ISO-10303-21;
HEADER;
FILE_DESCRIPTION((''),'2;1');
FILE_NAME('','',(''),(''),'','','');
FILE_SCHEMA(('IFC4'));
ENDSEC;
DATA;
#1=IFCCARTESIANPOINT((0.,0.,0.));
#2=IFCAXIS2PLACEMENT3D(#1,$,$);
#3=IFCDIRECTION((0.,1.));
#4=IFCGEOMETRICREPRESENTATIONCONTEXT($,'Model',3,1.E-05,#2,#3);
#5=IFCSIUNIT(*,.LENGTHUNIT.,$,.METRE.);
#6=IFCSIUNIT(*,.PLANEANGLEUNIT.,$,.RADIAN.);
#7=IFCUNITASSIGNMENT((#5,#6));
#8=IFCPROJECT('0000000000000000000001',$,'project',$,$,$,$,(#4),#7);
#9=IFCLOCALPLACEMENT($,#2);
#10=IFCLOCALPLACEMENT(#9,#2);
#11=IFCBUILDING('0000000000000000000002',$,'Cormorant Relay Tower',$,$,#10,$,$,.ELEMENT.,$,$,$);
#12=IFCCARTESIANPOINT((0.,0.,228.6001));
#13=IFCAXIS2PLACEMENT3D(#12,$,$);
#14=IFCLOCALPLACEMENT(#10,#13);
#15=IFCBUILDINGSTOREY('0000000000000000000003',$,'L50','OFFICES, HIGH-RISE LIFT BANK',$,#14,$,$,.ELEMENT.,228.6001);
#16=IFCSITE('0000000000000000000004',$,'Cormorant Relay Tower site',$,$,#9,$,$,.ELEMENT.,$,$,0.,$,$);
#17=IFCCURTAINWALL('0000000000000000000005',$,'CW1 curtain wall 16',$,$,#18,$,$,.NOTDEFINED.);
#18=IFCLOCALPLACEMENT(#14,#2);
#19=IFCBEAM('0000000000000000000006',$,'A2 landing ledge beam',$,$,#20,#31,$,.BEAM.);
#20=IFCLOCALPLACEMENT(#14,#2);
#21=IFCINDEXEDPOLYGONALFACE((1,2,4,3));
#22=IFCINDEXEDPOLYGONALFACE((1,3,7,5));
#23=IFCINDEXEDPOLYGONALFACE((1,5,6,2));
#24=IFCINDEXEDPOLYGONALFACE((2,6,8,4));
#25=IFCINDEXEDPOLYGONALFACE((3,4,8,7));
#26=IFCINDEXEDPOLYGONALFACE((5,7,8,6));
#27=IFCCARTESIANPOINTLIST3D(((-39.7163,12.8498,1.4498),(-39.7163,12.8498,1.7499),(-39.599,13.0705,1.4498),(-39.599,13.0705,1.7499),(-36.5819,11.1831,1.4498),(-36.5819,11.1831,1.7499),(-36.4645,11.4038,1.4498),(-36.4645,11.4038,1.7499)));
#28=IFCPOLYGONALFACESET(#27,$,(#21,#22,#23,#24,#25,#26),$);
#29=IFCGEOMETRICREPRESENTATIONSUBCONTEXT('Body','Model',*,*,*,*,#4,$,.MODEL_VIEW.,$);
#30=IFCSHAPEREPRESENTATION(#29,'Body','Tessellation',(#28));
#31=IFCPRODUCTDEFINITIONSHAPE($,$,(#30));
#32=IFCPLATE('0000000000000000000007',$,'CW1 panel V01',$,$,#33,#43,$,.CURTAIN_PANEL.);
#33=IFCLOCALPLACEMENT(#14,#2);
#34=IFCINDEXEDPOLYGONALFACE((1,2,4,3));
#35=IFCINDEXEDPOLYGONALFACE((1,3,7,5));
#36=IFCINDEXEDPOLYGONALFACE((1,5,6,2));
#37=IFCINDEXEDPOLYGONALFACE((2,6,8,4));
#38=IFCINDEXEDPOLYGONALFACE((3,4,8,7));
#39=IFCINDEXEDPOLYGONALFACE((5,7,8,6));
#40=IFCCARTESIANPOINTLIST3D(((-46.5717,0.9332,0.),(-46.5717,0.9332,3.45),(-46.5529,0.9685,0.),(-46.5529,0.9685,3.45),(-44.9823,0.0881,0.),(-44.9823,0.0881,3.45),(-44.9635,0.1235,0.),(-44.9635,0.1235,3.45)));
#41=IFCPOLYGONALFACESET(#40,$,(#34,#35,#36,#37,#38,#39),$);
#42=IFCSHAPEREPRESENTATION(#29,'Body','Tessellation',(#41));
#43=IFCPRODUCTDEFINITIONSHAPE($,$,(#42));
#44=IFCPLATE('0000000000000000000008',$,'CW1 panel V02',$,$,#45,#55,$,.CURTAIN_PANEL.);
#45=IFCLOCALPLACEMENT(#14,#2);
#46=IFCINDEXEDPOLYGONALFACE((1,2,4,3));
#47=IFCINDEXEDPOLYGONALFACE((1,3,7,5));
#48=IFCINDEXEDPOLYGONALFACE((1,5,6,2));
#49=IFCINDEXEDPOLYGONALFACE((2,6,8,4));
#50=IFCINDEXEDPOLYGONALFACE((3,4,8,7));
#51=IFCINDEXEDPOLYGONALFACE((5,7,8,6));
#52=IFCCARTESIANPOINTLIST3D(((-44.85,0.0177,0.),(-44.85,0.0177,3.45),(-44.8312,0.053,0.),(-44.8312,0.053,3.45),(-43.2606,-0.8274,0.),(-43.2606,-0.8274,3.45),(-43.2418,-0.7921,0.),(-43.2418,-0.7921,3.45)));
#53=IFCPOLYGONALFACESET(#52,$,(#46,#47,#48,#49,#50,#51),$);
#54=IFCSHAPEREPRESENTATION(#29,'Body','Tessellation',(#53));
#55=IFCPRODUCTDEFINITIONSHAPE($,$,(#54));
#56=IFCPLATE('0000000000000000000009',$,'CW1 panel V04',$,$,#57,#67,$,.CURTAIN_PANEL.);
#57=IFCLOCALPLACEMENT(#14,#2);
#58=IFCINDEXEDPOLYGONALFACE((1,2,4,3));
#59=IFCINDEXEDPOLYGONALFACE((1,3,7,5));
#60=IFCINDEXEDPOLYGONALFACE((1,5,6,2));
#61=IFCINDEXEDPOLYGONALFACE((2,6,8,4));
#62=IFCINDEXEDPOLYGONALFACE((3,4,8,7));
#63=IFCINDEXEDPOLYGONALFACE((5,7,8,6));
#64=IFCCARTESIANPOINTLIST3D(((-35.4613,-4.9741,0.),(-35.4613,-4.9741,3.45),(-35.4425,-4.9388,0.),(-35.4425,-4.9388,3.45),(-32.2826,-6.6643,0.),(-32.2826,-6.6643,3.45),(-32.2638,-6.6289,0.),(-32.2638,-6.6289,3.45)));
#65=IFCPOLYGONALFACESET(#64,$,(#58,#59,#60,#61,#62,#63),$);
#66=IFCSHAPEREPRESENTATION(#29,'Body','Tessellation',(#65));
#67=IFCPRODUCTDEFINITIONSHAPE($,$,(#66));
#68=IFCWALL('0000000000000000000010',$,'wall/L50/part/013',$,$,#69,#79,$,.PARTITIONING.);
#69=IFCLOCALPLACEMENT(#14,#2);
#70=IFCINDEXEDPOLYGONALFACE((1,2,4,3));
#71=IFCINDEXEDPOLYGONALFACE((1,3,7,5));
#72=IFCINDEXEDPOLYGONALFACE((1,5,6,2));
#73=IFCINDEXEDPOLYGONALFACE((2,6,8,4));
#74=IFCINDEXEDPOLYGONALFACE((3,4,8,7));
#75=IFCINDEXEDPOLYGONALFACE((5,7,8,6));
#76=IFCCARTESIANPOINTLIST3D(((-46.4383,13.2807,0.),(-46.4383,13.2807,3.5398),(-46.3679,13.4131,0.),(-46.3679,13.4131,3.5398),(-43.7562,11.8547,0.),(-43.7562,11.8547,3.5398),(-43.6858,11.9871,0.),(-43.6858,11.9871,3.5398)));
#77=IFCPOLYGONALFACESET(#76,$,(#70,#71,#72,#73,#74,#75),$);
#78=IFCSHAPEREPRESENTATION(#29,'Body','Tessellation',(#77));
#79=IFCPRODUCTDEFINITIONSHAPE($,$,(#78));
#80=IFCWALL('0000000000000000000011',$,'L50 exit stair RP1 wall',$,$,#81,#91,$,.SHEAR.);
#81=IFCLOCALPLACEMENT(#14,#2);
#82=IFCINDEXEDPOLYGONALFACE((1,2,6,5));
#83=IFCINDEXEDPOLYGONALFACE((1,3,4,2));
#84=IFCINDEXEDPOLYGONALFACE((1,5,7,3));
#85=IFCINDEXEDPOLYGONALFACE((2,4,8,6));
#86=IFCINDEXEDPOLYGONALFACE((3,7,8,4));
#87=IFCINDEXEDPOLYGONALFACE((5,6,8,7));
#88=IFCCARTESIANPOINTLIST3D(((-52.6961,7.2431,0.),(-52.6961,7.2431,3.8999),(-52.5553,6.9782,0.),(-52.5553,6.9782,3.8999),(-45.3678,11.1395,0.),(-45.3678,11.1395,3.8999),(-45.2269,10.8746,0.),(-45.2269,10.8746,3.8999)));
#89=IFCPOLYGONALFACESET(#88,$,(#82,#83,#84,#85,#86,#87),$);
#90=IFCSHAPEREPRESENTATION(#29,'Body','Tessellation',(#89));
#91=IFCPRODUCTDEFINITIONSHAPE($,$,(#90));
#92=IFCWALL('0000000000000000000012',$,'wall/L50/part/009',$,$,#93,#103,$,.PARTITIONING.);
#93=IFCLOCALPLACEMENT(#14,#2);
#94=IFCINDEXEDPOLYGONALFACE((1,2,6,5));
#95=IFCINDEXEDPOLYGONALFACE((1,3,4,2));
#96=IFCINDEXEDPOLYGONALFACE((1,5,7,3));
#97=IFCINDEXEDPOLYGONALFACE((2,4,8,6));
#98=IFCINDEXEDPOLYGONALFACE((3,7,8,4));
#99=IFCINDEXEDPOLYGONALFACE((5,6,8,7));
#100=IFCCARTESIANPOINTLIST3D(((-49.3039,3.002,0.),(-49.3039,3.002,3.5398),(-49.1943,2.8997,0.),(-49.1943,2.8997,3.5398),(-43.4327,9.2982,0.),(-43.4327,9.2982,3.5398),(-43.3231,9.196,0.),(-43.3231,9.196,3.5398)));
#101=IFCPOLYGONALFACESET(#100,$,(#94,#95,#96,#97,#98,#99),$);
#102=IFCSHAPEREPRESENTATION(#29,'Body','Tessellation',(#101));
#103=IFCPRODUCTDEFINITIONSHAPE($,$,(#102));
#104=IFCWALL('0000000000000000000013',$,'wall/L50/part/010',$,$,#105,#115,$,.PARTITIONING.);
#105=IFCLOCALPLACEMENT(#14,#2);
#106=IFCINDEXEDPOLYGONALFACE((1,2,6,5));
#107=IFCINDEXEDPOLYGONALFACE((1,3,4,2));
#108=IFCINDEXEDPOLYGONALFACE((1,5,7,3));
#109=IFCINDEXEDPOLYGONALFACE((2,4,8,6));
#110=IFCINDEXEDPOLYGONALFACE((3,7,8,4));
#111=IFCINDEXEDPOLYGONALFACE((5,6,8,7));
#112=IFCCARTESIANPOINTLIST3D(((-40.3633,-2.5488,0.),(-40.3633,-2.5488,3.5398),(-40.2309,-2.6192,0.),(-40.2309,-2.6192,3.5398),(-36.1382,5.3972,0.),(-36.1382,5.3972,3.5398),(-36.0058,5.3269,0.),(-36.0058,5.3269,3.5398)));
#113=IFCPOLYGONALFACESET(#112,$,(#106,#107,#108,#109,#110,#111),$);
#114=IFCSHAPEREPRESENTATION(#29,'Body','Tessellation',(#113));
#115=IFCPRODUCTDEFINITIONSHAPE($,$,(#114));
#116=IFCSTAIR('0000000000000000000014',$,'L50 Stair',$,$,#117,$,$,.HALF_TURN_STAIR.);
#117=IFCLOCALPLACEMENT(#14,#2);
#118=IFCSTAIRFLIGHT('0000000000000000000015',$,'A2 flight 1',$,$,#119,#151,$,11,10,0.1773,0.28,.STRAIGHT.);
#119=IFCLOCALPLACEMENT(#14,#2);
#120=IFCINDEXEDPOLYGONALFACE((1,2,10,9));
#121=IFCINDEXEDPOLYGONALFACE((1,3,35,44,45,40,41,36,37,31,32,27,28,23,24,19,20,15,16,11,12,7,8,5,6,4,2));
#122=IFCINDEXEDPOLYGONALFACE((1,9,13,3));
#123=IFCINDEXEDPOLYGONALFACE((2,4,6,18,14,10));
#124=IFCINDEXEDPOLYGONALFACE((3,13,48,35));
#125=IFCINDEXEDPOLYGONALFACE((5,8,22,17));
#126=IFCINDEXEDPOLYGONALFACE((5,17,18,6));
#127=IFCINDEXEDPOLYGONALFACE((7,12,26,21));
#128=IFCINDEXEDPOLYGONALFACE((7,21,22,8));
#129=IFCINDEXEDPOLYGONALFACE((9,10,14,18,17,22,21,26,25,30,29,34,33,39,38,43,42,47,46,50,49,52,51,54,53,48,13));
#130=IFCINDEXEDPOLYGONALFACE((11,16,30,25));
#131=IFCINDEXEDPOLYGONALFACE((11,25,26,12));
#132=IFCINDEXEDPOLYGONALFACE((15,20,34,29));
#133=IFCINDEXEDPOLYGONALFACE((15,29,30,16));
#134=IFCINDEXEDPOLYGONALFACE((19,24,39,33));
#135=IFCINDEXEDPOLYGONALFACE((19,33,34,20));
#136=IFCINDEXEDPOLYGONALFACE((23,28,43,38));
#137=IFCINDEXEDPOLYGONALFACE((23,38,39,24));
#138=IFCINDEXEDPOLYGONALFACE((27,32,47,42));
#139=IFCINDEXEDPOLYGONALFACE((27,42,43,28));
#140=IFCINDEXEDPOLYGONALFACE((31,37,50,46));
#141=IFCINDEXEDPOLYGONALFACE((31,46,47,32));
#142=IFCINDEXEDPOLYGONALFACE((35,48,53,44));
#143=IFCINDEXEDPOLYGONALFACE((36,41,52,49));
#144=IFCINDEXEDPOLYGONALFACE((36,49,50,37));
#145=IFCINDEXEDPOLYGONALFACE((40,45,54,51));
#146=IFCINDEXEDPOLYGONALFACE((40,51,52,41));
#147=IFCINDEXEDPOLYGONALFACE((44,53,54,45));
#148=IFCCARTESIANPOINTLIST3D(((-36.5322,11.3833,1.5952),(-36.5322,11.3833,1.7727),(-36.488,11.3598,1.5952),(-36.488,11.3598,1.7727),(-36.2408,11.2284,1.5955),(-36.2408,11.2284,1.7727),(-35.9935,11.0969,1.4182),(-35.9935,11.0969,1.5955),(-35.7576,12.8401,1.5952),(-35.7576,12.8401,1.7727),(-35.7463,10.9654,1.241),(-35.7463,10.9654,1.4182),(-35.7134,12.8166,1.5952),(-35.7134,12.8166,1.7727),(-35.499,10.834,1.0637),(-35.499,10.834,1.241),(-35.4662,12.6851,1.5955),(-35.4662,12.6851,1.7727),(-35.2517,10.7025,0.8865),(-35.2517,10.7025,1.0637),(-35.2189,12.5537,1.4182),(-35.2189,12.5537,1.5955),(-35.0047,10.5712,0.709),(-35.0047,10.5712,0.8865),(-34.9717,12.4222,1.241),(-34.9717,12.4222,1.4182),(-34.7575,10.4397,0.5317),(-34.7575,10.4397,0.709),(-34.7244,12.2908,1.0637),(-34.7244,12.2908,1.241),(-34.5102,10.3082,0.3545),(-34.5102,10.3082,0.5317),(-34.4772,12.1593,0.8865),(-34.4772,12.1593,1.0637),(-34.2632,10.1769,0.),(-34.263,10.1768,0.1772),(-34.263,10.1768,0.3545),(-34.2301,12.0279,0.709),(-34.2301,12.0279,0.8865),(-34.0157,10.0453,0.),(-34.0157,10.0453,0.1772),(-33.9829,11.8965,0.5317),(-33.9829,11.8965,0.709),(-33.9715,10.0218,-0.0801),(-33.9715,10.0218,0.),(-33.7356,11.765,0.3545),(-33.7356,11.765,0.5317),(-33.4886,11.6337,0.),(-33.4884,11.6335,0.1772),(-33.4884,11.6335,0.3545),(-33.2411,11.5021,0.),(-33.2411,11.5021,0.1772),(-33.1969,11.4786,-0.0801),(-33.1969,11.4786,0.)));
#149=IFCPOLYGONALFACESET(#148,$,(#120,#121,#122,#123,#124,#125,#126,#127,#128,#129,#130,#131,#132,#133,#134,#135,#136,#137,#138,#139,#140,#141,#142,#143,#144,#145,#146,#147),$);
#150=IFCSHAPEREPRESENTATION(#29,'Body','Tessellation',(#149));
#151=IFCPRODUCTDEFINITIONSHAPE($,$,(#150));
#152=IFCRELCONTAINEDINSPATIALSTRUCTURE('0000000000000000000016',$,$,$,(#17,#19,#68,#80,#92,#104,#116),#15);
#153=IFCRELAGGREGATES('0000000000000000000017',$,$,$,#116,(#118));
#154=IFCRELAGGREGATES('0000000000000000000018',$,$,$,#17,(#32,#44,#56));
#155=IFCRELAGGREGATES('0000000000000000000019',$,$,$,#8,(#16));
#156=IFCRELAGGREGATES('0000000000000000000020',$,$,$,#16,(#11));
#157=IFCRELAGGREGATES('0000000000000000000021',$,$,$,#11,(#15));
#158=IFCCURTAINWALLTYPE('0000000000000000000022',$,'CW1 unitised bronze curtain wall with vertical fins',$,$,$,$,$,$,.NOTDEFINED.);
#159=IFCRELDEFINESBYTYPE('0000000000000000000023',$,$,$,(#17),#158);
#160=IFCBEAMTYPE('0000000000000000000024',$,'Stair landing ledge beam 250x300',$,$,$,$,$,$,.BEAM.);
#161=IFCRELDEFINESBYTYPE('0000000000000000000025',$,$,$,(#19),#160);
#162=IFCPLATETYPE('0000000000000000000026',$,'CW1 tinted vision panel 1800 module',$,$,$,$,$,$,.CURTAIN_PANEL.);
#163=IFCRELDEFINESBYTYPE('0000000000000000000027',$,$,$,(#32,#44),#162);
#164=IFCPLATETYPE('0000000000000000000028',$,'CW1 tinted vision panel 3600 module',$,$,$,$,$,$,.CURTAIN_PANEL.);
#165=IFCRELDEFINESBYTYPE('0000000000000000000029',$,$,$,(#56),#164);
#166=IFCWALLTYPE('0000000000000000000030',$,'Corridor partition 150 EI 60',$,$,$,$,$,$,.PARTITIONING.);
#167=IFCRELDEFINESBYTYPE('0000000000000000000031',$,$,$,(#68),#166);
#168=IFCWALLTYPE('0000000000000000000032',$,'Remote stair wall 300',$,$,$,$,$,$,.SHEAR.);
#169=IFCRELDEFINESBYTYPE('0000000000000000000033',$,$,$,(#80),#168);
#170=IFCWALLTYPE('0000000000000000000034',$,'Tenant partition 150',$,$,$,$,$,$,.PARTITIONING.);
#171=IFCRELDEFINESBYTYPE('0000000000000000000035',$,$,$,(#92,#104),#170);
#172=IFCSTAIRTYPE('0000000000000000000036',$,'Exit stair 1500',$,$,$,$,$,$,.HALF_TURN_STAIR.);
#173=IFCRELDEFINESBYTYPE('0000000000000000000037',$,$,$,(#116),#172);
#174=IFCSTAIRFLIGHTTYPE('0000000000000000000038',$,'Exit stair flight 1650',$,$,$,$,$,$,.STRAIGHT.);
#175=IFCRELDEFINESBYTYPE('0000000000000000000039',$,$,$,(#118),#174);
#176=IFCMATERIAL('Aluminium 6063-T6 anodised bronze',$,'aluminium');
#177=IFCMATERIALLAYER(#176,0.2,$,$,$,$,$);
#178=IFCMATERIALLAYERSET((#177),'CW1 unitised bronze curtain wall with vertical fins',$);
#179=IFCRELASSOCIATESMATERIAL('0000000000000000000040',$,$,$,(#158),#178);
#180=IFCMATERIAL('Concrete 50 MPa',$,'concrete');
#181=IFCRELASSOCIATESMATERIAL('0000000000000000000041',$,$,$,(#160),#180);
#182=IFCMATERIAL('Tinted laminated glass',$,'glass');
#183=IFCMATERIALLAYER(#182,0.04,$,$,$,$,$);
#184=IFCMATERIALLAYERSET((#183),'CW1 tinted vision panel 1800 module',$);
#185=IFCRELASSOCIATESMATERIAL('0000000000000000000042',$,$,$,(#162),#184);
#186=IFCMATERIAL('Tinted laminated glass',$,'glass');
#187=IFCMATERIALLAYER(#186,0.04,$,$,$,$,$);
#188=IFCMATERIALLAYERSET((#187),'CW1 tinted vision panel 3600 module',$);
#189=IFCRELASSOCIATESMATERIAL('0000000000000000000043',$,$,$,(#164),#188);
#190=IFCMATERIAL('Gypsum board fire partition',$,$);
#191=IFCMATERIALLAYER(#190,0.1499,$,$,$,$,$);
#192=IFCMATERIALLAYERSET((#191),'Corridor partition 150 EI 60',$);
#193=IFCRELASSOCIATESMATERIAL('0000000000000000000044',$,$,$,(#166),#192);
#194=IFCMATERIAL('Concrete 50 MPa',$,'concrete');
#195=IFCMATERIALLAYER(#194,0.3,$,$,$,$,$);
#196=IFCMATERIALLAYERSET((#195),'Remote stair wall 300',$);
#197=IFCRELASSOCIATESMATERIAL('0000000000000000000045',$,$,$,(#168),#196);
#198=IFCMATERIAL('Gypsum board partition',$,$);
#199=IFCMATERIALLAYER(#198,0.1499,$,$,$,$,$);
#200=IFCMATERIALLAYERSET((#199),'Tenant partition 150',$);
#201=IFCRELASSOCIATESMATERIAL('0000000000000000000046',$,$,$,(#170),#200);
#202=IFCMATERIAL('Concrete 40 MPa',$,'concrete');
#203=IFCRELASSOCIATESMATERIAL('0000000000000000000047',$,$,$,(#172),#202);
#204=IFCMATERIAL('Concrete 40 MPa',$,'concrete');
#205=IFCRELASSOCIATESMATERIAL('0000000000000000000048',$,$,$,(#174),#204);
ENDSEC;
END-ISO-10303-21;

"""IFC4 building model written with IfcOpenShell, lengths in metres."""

from ifc_helpers import new_model, si_unit, direction, frame, frame_2d, origin, origin_2d, place, context, subcontext, project, spatial, polyline, rectangle, outline, extrude, material, layer, layer_set, material_profile, profile_set, type_object, element, aggregate, save


model = new_model("IFC4")

# Units and contexts
model_context = context("Model", 3, precision=1e-05, world=origin(), true_north=direction((0.0, 1.0)))
body_context = subcontext(model_context, "Body", "Model", "MODEL_VIEW")
ifc_project = project(units=[si_unit("LENGTHUNIT", "METRE"), si_unit("PLANEANGLEUNIT", "RADIAN")], contexts=[model_context])

# Site, building, storey
site_placement = place(None, origin())
site = spatial("IfcSite", under=ifc_project, at=site_placement, Name="Cormorant Relay Tower site", CompositionType="ELEMENT", RefElevation=0.0)
building_placement = place(site_placement, origin())
building = spatial("IfcBuilding", under=site, at=building_placement, Name="Cormorant Relay Tower", CompositionType="ELEMENT")
storey_placement = place(building_placement, frame((0.0, 0.0, 228.6001)))
storey = spatial("IfcBuildingStorey", under=building, at=storey_placement, Name="L50", Description="OFFICES, HIGH-RISE LIFT BANK", CompositionType="ELEMENT", Elevation=228.6001)

# Curtain wall
ifc_material_1 = material(Name="Aluminium 6063-T6 anodised bronze", Category="aluminium")
ifc_layer_1 = layer(ifc_material_1, 0.2)
ifc_layer_set_1 = layer_set([ifc_layer_1], Name="CW1 unitised bronze curtain wall with vertical fins")
curtain_wall_type = type_object("IfcCurtainWallType", Name="CW1 unitised bronze curtain wall with vertical fins", PredefinedType="NOTDEFINED", material=ifc_layer_set_1)
curtain_wall_placement = place(storey_placement, origin())
curtain_wall = element("IfcCurtainWall", 1, at=curtain_wall_placement, inside=storey, type_object=curtain_wall_type, Name="CW1 curtain wall 16", PredefinedType="NOTDEFINED")

# Beam
ifc_material_2 = material(Name="Concrete 50 MPa", Category="concrete")
ifc_material_profile_1 = material_profile(ifc_material_2, rectangle(XDim=0.25, YDim=0.3, at=origin_2d()), Name="RC 250x300")
ifc_profile_set_1 = profile_set([ifc_material_profile_1], Name="Concrete 50 MPa")
beam_type_1 = type_object("IfcBeamType", Name="Stair landing ledge beam 250x300", PredefinedType="BEAM", material=ifc_profile_set_1)
beam_1_placement = place(storey_placement, frame((-36.5232, 11.2935, 1.5999), z_axis=(-0.882937, 0.469492, 0.0), x_axis=(-0.469492, -0.882937, 0.0)))
element("IfcBeam", 2, at=beam_1_placement, inside=storey, type_object=beam_type_1, Name="A2 landing ledge beam", PredefinedType="BEAM", context=body_context, shape_type="SweptSolid", body=[
    extrude(rectangle(XDim=0.25, YDim=0.3, at=origin_2d()), origin(), (0.0, 0.0, 1.0), 3.55),
])

# Plates
ifc_material_3 = material(Name="Tinted laminated glass", Category="glass")
ifc_layer_2 = layer(ifc_material_3, 0.04)
ifc_layer_set_2 = layer_set([ifc_layer_2], Name="CW1 tinted vision panel 1800 module")
plate_type_1 = type_object("IfcPlateType", Name="CW1 tinted vision panel 1800 module", PredefinedType="CURTAIN_PANEL", material=ifc_layer_set_2)
plate_1_placement = place(storey_placement, frame((-45.7676, 0.5283, 0.0), z_axis=(0.0, 0.0, 1.0), x_axis=(0.882948, -0.469472, 0.0)))
plate_1 = element("IfcPlate", 3, at=plate_1_placement, type_object=plate_type_1, Name="CW1 panel V01", PredefinedType="CURTAIN_PANEL", context=body_context, shape_type="SweptSolid", body=[
    extrude(rectangle(XDim=1.8, YDim=0.04, at=origin_2d()), origin(), (0.0, 0.0, 1.0), 3.45),
])
plate_2_placement = place(storey_placement, frame((-44.0459, -0.3872, 0.0), z_axis=(0.0, 0.0, 1.0), x_axis=(0.882948, -0.469472, 0.0)))
plate_2 = element("IfcPlate", 4, at=plate_2_placement, type_object=plate_type_1, Name="CW1 panel V02", PredefinedType="CURTAIN_PANEL", context=body_context, shape_type="SweptSolid", body=[
    extrude(rectangle(XDim=1.8, YDim=0.04, at=origin_2d()), origin(), (0.0, 0.0, 1.0), 3.45),
])
ifc_material_4 = material(Name="Tinted laminated glass", Category="glass")
ifc_layer_3 = layer(ifc_material_4, 0.04)
ifc_layer_set_3 = layer_set([ifc_layer_3], Name="CW1 tinted vision panel 3600 module")
plate_type_2 = type_object("IfcPlateType", Name="CW1 tinted vision panel 3600 module", PredefinedType="CURTAIN_PANEL", material=ifc_layer_set_3)
plate_3_placement = place(storey_placement, frame((-33.8625, -5.8015, 0.0), z_axis=(0.0, 0.0, 1.0), x_axis=(0.882948, -0.469472, 0.0)))
plate_3 = element("IfcPlate", 5, at=plate_3_placement, type_object=plate_type_2, Name="CW1 panel V04", PredefinedType="CURTAIN_PANEL", context=body_context, shape_type="SweptSolid", body=[
    extrude(rectangle(XDim=3.6001, YDim=0.04, at=origin_2d()), origin(), (0.0, 0.0, 1.0), 3.45),
])

# Walls
ifc_material_5 = material(Name="Gypsum board fire partition")
ifc_layer_4 = layer(ifc_material_5, 0.1499)
ifc_layer_set_4 = layer_set([ifc_layer_4], Name="Corridor partition 150 EI 60")
wall_type_1 = type_object("IfcWallType", Name="Corridor partition 150 EI 60", PredefinedType="PARTITIONING", material=ifc_layer_set_4)
wall_1_placement = place(storey_placement, frame((-46.4031, 13.3469, 0.0), z_axis=(0.0, 0.0, 1.0), x_axis=(0.88296, -0.469449, 0.0)))
element("IfcWall", 6, at=wall_1_placement, inside=storey, type_object=wall_type_1, Name="wall/L50/part/013", PredefinedType="PARTITIONING", context=body_context, shape_type="SweptSolid", body=[
    extrude(rectangle(XDim=3.0376, YDim=0.1499, at=frame_2d((1.5188, 0.0))), origin(), (0.0, 0.0, 1.0), 3.5398),
])
ifc_material_6 = material(Name="Concrete 50 MPa", Category="concrete")
ifc_layer_5 = layer(ifc_material_6, 0.3)
ifc_layer_set_5 = layer_set([ifc_layer_5], Name="Remote stair wall 300")
wall_type_2 = type_object("IfcWallType", Name="Remote stair wall 300", PredefinedType="SHEAR", material=ifc_layer_set_5)
wall_2_placement = place(storey_placement, frame((-45.2974, 11.0071, 0.0), z_axis=(0.0, 0.0, 1.0), x_axis=(-0.882952, -0.469464, 0.0)))
element("IfcWall", 7, at=wall_2_placement, inside=storey, type_object=wall_type_2, Name="L50 exit stair RP1 wall", PredefinedType="SHEAR", context=body_context, shape_type="SweptSolid", body=[
    extrude(rectangle(XDim=8.2998, YDim=0.3, at=frame_2d((4.1499, 0.0))), origin(), (0.0, 0.0, 1.0), 3.8999),
])
ifc_material_7 = material(Name="Gypsum board partition")
ifc_layer_6 = layer(ifc_material_7, 0.1499)
ifc_layer_set_6 = layer_set([ifc_layer_6], Name="Tenant partition 150")
wall_type_3 = type_object("IfcWallType", Name="Tenant partition 150", PredefinedType="PARTITIONING", material=ifc_layer_set_6)
wall_3_placement = place(storey_placement, frame((-43.3779, 9.2471, 0.0), z_axis=(0.0, 0.0, 1.0), x_axis=(-0.681989, -0.731363, 0.0)))
element("IfcWall", 8, at=wall_3_placement, inside=storey, type_object=wall_type_3, Name="wall/L50/part/009", PredefinedType="PARTITIONING", context=body_context, shape_type="SweptSolid", body=[
    extrude(rectangle(XDim=8.6089, YDim=0.1499, at=frame_2d((4.3044, 0.0))), origin(), (0.0, 0.0, 1.0), 3.5398),
])
wall_4_placement = place(storey_placement, frame((-36.072, 5.3621, 0.0), z_axis=(0.0, 0.0, 1.0), x_axis=(-0.469481, -0.882942, 0.0)))
element("IfcWall", 9, at=wall_4_placement, inside=storey, type_object=wall_type_3, Name="wall/L50/part/010", PredefinedType="PARTITIONING", context=body_context, shape_type="SweptSolid", body=[
    extrude(rectangle(XDim=8.9995, YDim=0.1499, at=frame_2d((4.4998, 0.0))), origin(), (0.0, 0.0, 1.0), 3.5398),
])

# Stair, stair flight
ifc_material_8 = material(Name="Concrete 40 MPa", Category="concrete")
stair_type = type_object("IfcStairType", Name="Exit stair 1500", PredefinedType="HALF_TURN_STAIR", material=ifc_material_8)
stair_placement = place(storey_placement, origin())
stair = element("IfcStair", 10, at=stair_placement, inside=storey, type_object=stair_type, Name="L50 Stair", PredefinedType="HALF_TURN_STAIR")
ifc_material_9 = material(Name="Concrete 40 MPa", Category="concrete")
stair_flight_type = type_object("IfcStairFlightType", Name="Exit stair flight 1650", PredefinedType="STRAIGHT", material=ifc_material_9)
stair_flight_1_placement = place(storey_placement, frame((-33.6284, 10.7737, 0.0), z_axis=(0.0, 0.0, 1.0), x_axis=(-0.882948, 0.469472, 0.0)))
stair_flight_1 = element("IfcStairFlight", 11, at=stair_flight_1_placement, type_object=stair_flight_type, Name="A2 flight 1", NumberOfRisers=11, NumberOfTreads=10, PredefinedType="STRAIGHT", RiserHeight=0.1773, TreadLength=0.28, context=body_context, shape_type="SweptSolid", body=[
    extrude(outline(polyline([(-0.05, -0.0801), (-0.05, 0.0), (0.0, 0.0), (0.0, 0.1772), (0.28, 0.1772), (0.28, 0.3545), (0.5601, 0.3545), (0.5601, 0.5317), (0.8401, 0.5317), (0.8401, 0.709), (1.1201, 0.709), (1.1201, 0.8865), (1.3999, 0.8865), (1.3999, 1.0637), (1.6799, 1.0637), (1.6799, 1.241), (1.96, 1.241), (1.96, 1.4182), (2.24, 1.4182), (2.24, 1.5955), (2.52, 1.5955), (2.52, 1.7727), (2.8, 1.7727), (2.8501, 1.7727), (2.8501, 1.5952), (2.8, 1.5952), (0.2803, 0.0), (-0.05, -0.0801)])), frame((0.0, 0.825, 0.0), z_axis=(0.0, -1.0, 0.0), x_axis=(1.0, 0.0, 0.0)), (0.0, 0.0, 1.0), 1.6499),
])
aggregate(stair, [stair_flight_1])

aggregate(curtain_wall, [plate_1, plate_2, plate_3])

save(model, "model.ifc")
